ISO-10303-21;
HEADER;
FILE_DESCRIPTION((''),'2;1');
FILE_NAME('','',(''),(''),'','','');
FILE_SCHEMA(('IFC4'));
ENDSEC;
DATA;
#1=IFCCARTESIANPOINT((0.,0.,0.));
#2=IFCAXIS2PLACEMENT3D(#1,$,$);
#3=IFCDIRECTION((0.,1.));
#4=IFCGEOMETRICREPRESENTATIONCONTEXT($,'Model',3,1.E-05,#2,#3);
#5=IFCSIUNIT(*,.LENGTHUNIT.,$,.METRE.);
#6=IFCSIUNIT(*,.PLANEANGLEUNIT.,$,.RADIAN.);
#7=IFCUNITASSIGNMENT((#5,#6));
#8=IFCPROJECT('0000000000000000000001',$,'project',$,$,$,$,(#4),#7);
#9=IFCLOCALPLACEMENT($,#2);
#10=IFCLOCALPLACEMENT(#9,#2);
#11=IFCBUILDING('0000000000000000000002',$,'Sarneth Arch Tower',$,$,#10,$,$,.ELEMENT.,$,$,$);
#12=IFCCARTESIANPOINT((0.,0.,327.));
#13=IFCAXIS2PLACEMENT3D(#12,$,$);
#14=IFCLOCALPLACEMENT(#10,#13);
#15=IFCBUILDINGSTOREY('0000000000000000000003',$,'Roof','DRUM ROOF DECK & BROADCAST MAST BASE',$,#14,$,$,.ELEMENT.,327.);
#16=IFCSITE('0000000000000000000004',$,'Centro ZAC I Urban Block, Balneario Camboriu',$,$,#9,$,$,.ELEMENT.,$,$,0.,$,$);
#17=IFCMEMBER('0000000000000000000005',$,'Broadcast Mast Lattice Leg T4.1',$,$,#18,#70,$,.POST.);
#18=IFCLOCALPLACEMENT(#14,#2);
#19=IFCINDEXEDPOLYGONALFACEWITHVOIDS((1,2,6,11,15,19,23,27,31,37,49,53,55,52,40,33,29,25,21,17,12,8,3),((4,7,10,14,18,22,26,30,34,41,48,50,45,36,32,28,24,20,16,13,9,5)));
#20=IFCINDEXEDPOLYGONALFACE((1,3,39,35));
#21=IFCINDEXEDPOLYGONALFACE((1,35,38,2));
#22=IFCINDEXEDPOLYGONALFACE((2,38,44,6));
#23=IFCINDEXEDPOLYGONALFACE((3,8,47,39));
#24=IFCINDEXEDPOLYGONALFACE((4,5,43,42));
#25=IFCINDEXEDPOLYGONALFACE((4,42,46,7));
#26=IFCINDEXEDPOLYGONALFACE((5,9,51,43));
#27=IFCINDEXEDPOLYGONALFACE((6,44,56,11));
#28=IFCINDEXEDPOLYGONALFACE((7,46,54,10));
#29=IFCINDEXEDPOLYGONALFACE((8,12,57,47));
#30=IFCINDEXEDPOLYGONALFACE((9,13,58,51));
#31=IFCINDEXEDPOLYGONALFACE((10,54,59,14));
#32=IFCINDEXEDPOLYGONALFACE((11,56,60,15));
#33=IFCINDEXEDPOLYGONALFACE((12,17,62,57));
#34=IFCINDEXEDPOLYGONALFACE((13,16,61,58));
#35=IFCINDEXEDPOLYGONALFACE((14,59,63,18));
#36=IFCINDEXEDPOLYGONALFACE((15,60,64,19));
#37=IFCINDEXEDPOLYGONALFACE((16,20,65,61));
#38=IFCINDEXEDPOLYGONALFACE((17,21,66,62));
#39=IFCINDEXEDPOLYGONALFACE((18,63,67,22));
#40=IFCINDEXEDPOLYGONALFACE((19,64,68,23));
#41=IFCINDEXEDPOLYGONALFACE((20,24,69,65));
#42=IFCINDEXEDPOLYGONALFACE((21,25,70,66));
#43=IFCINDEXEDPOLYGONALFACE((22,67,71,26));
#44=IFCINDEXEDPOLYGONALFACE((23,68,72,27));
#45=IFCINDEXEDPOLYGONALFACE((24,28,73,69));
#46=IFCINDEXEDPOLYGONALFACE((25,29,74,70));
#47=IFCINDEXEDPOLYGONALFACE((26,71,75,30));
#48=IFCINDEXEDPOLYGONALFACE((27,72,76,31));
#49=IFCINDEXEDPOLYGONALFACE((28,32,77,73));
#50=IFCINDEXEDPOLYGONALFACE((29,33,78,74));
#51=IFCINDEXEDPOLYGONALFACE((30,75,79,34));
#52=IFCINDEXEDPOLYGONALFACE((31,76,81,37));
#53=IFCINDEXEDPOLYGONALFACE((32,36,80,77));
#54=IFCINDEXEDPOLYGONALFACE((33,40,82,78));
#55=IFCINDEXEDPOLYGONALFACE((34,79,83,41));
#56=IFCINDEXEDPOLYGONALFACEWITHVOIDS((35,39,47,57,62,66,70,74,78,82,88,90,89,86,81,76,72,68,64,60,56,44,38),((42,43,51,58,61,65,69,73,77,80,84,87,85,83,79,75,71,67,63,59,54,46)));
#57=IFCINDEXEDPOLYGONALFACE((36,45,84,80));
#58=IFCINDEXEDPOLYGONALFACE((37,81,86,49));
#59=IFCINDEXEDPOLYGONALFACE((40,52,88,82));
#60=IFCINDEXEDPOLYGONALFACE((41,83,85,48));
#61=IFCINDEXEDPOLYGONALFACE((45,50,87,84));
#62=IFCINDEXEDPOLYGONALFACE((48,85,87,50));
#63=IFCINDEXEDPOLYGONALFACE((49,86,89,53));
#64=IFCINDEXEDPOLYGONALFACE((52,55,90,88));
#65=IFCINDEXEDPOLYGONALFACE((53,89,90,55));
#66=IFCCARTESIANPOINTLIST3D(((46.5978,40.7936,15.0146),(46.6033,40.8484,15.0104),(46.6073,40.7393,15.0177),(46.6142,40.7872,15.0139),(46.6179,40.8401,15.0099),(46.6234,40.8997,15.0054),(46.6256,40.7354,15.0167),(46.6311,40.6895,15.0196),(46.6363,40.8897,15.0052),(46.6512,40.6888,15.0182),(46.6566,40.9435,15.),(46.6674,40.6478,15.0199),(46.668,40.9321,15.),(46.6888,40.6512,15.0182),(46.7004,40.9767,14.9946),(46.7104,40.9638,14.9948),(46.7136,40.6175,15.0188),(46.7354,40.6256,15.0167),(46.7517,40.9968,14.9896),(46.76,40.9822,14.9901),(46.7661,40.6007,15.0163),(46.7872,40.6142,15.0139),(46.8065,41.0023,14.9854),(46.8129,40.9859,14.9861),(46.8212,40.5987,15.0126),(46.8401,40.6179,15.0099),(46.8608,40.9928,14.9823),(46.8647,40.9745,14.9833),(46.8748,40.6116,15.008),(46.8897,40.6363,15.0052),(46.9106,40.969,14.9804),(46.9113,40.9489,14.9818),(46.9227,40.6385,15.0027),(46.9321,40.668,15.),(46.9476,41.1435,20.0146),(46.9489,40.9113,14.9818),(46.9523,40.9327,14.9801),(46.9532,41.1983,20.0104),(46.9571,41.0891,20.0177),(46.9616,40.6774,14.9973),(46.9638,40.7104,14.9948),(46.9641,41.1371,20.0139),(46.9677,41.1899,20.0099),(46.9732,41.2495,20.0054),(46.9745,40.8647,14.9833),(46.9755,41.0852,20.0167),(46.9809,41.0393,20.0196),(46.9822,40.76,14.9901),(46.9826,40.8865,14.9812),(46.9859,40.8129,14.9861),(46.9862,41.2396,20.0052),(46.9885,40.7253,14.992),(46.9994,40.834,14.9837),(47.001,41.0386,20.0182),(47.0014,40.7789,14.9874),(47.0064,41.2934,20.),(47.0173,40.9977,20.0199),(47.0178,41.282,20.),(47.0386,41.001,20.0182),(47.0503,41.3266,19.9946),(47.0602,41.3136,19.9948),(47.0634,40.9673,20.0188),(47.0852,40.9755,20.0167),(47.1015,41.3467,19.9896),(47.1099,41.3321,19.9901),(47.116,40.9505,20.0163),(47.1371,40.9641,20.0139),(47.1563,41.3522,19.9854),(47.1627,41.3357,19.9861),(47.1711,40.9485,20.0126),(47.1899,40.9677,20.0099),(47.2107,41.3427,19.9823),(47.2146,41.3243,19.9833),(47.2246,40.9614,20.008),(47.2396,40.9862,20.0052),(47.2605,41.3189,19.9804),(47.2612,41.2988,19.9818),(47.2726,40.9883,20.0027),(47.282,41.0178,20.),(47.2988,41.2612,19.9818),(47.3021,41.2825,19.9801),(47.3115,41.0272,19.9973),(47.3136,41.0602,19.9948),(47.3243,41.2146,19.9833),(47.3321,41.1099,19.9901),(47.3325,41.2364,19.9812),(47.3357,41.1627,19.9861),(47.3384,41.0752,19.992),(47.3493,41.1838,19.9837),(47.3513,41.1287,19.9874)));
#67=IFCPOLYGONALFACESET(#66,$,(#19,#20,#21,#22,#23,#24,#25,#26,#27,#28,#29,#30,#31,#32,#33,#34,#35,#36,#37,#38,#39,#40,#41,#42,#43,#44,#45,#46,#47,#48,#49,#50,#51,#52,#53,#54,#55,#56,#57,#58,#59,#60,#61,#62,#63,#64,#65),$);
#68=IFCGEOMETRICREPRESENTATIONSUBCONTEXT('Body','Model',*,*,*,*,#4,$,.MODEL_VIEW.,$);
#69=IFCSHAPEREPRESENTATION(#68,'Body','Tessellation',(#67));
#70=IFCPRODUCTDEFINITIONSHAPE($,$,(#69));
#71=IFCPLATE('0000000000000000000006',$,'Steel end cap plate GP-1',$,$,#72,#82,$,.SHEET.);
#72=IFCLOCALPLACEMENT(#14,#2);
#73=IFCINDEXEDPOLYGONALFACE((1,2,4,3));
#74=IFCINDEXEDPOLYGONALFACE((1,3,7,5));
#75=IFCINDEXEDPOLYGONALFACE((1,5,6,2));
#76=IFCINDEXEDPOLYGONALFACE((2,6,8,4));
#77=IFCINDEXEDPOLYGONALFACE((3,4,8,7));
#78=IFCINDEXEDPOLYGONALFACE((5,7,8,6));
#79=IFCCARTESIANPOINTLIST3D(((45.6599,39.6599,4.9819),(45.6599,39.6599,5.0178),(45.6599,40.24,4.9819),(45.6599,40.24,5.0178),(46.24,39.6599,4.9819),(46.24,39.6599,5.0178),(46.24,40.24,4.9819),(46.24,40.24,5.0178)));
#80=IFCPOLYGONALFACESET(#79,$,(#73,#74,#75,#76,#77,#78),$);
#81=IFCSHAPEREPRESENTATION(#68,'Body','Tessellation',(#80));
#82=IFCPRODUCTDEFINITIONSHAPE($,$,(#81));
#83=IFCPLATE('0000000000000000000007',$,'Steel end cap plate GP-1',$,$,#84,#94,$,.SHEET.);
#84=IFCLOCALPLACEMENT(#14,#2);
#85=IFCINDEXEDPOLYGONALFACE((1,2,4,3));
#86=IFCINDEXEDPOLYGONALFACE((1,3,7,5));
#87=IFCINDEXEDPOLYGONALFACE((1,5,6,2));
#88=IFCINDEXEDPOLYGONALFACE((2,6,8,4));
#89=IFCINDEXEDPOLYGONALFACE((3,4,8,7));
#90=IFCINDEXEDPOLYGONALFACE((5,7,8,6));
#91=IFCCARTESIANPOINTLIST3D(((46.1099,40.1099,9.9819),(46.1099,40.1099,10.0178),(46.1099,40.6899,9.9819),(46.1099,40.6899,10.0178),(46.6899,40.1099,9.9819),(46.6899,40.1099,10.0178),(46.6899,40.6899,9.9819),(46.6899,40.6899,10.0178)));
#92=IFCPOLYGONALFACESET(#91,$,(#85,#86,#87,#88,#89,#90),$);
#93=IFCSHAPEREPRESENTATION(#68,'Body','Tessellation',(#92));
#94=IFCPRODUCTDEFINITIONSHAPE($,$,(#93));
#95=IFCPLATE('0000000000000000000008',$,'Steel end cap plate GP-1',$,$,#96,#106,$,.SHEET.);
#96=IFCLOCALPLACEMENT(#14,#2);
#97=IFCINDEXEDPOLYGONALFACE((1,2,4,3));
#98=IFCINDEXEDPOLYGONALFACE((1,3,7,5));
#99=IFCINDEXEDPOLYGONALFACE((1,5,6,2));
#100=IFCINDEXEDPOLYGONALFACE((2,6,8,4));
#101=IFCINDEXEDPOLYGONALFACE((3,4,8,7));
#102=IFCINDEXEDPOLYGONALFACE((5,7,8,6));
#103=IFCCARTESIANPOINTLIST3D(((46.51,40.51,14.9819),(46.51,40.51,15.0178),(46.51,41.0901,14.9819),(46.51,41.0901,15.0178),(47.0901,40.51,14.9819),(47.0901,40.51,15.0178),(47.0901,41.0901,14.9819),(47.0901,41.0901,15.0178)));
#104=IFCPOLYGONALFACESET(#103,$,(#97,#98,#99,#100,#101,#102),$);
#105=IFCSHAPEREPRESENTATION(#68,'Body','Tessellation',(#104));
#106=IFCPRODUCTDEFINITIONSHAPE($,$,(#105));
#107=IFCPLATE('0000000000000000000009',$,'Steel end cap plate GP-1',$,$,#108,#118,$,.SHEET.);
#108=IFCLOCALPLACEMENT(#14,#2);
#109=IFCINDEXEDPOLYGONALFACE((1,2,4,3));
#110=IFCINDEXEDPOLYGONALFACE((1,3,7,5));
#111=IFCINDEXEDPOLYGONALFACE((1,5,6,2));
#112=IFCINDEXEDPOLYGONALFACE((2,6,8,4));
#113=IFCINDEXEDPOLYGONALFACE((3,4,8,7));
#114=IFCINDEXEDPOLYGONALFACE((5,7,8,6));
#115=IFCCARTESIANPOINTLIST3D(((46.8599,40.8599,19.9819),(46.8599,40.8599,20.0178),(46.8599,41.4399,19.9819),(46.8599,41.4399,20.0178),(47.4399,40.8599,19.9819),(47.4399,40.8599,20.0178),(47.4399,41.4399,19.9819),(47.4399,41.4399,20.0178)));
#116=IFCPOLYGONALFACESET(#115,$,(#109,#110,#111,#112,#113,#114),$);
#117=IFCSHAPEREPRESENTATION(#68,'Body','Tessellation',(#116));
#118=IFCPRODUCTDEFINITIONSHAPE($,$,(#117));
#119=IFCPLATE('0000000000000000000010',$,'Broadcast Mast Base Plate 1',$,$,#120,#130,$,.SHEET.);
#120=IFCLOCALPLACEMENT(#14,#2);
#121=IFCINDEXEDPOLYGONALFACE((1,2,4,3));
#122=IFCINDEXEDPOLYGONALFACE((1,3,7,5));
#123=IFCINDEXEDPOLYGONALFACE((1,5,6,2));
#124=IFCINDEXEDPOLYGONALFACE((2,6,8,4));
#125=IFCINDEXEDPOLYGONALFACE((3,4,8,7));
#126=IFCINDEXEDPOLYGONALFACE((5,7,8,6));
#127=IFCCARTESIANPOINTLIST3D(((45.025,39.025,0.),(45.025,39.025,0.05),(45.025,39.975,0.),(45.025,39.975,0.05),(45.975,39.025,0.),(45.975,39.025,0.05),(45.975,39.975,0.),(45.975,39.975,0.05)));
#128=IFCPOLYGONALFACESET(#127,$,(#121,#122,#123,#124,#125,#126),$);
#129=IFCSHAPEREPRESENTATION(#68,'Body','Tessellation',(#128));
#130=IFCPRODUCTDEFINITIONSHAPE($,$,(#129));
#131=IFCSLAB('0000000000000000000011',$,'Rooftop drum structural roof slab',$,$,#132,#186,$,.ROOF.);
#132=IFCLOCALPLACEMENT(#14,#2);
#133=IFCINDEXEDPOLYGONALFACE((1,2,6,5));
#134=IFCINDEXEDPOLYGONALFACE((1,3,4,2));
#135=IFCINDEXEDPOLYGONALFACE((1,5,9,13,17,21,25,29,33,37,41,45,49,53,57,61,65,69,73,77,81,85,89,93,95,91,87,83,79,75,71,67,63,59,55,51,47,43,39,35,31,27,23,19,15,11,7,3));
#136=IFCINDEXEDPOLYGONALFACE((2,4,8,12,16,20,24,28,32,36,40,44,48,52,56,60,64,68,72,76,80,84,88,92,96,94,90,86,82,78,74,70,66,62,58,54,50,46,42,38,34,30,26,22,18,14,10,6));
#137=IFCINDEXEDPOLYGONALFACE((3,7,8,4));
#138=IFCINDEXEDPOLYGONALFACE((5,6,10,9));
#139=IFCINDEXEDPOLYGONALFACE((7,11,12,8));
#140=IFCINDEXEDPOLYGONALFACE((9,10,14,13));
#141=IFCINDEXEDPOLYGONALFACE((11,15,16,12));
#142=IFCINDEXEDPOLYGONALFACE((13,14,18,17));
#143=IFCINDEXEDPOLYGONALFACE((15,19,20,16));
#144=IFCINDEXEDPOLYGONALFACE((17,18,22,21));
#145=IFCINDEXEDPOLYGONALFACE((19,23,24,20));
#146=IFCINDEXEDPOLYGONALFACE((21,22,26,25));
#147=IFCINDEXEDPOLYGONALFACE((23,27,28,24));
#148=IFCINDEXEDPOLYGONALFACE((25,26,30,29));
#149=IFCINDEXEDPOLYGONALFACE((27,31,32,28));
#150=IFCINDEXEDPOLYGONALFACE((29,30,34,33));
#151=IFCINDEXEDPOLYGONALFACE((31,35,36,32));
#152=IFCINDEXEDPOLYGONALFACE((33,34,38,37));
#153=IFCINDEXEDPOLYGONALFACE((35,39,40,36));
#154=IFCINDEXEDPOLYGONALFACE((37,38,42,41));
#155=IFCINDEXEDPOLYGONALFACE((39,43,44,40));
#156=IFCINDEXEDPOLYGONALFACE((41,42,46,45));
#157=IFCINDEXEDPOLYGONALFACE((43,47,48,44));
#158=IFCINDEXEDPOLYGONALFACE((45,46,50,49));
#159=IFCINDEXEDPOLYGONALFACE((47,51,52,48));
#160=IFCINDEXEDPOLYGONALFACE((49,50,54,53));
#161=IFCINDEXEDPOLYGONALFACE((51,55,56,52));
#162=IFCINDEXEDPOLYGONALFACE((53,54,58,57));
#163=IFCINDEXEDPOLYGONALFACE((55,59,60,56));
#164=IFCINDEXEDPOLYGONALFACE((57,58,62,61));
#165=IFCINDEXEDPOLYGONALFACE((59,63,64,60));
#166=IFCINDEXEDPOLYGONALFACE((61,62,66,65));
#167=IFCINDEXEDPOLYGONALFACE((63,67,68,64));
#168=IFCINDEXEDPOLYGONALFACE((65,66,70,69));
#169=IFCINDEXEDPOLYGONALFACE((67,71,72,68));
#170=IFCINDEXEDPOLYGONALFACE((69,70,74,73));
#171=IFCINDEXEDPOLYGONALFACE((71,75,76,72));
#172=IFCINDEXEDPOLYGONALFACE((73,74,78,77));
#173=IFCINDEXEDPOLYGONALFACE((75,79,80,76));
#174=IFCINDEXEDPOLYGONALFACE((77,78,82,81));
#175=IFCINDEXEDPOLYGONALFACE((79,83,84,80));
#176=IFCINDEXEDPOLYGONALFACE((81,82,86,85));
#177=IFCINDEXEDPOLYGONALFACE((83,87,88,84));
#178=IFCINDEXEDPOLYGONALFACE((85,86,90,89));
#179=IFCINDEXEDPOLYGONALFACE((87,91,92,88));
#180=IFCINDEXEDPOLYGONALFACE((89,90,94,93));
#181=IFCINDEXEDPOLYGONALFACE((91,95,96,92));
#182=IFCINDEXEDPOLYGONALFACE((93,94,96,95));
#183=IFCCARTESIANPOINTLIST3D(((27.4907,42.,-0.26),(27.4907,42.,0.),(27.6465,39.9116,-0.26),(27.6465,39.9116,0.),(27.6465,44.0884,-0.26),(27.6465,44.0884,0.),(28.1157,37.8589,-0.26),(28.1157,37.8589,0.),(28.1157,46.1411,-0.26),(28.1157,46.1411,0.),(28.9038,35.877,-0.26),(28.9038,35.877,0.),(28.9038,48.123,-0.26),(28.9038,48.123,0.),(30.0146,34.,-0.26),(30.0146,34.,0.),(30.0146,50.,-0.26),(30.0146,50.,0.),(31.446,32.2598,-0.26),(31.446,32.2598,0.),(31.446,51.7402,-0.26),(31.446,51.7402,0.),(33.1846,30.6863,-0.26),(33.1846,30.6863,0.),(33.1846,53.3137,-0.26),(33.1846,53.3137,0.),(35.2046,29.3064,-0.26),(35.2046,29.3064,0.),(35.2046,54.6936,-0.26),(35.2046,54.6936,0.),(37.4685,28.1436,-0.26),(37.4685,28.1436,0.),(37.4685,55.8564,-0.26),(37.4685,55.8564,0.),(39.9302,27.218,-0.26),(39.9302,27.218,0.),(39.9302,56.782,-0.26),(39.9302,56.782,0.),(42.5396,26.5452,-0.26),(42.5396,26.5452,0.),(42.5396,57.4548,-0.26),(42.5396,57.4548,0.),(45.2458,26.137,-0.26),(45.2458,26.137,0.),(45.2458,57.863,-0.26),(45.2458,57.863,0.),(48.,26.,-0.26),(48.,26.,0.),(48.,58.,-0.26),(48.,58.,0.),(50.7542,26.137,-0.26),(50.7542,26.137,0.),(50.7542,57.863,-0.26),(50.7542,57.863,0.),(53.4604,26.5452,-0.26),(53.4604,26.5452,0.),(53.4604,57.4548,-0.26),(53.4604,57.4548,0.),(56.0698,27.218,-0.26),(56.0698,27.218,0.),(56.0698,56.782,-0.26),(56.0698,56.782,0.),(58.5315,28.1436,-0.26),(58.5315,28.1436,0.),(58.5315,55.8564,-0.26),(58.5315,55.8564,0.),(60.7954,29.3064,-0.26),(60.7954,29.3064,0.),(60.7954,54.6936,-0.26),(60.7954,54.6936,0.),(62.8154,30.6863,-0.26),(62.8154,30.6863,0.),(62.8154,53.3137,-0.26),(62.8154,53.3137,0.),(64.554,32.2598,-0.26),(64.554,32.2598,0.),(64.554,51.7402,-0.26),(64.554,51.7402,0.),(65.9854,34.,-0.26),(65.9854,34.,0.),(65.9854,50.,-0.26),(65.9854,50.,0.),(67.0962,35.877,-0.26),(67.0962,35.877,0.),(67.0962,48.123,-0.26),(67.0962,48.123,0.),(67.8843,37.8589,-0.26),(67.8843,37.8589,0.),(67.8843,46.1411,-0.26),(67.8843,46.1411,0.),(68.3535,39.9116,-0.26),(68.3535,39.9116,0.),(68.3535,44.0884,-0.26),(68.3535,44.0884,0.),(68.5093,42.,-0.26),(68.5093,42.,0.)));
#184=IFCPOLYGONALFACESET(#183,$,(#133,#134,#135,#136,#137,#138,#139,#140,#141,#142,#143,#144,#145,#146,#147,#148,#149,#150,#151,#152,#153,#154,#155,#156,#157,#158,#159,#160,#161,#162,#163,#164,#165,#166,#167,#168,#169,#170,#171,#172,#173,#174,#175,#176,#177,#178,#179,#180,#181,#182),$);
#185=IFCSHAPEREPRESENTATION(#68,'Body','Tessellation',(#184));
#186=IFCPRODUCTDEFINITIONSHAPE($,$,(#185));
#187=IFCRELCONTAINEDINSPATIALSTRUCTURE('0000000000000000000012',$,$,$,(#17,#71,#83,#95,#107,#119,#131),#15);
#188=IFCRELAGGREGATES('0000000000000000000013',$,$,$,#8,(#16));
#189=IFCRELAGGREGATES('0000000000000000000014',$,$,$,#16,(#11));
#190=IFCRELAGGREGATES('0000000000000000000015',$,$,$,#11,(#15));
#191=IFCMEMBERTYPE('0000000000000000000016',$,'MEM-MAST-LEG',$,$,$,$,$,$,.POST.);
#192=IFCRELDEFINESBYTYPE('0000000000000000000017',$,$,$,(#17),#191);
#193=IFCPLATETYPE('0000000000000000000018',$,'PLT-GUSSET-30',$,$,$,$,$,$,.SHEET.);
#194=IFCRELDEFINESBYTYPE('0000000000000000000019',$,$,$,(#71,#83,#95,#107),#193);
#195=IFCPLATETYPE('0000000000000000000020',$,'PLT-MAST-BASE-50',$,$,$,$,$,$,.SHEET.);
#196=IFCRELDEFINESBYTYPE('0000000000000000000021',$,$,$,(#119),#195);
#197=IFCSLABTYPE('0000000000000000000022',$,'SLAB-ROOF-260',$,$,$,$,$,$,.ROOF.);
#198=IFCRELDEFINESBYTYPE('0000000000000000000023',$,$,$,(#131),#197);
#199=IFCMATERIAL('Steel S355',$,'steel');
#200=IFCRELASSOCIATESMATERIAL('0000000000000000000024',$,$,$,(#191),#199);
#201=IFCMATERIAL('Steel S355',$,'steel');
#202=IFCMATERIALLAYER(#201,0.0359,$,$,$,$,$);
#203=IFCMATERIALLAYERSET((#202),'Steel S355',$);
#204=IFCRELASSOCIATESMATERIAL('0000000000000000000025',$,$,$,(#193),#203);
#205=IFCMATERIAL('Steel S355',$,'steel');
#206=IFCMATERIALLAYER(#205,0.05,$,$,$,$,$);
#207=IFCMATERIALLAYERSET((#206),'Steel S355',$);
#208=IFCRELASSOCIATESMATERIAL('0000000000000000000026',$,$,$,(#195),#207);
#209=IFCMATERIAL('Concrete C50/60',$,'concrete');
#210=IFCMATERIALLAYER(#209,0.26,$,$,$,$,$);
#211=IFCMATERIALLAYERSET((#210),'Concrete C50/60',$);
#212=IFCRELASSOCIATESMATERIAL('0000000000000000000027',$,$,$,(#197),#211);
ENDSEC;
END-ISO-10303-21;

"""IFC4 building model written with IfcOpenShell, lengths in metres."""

from ifc_helpers import new_model, si_unit, direction, frame, origin, origin_2d, place, context, subcontext, project, spatial, polyline, rectangle, hollow_circle, outline, extrude, material, layer, layer_set, material_profile, profile_set, type_object, element, save


model = new_model("IFC4")

# Units and contexts
model_context = context("Model", 3, precision=1e-05, world=origin(), true_north=direction((0.0, 1.0)))
body_context = subcontext(model_context, "Body", "Model", "MODEL_VIEW")
ifc_project = project(units=[si_unit("LENGTHUNIT", "METRE"), si_unit("PLANEANGLEUNIT", "RADIAN")], contexts=[model_context])

# Site, building, storey
site_placement = place(None, origin())
site = spatial("IfcSite", under=ifc_project, at=site_placement, Name="Centro ZAC I Urban Block, Balneario Camboriu", CompositionType="ELEMENT", RefElevation=0.0)
building_placement = place(site_placement, origin())
building = spatial("IfcBuilding", under=site, at=building_placement, Name="Sarneth Arch Tower", CompositionType="ELEMENT")
storey_placement = place(building_placement, frame((0.0, 0.0, 327.0)))
storey = spatial("IfcBuildingStorey", under=building, at=storey_placement, Name="Roof", Description="DRUM ROOF DECK & BROADCAST MAST BASE", CompositionType="ELEMENT", Elevation=327.0)

# Member
ifc_material_1 = material(Name="Steel S355", Category="steel")
ifc_material_profile_1 = material_profile(ifc_material_1, hollow_circle(Radius=0.2029, WallThickness=0.0161, at=origin_2d()), Name="CHS406x16")
ifc_profile_set_1 = profile_set([ifc_material_profile_1], Name="Steel S355")
member_type_1 = type_object("IfcMemberType", Name="MEM-MAST-LEG", PredefinedType="POST", material=ifc_profile_set_1)
member_1_placement = place(storey_placement, frame((46.8, 40.8, 15.0), z_axis=(0.069631, 0.069631, 0.99514), x_axis=(-0.707107, 0.707107, 0.0)))
element("IfcMember", 1, at=member_1_placement, inside=storey, type_object=member_type_1, Name="Broadcast Mast Lattice Leg T4.1", PredefinedType="POST", context=body_context, shape_type="SweptSolid", body=[
    extrude(hollow_circle(Radius=0.2029, WallThickness=0.0161, at=origin_2d()), origin(), (0.0, 0.0, 1.0), 5.0244),
])

# Plates
ifc_material_2 = material(Name="Steel S355", Category="steel")
ifc_layer_1 = layer(ifc_material_2, 0.0359)
ifc_layer_set_1 = layer_set([ifc_layer_1], Name="Steel S355")
plate_type_1 = type_object("IfcPlateType", Name="PLT-GUSSET-30", PredefinedType="SHEET", material=ifc_layer_set_1)
for number, where, z_axis, x_axis, name in (
    (2, (45.95, 39.95, 4.9819), (0.0, 0.0, 1.0), (1.0, 0.0, 0.0), "Steel end cap plate GP-1"),
    (3, (46.3999, 40.3999, 9.9819), (0.0, 0.0, 1.0), (1.0, 0.0, 0.0), "Steel end cap plate GP-1"),
    (4, (46.8, 40.8, 14.9819), (0.0, 0.0, 1.0), (1.0, 0.0, 0.0), "Steel end cap plate GP-1"),
    (5, (47.1499, 41.1499, 19.9819), (0.0, 0.0, 1.0), (1.0, 0.0, 0.0), "Steel end cap plate GP-1"),
):
    element("IfcPlate", number, at=place(storey_placement, frame(where, z_axis=z_axis, x_axis=x_axis)), inside=storey, type_object=plate_type_1, Name=name, PredefinedType="SHEET", context=body_context, shape_type="SweptSolid", body=[
        extrude(rectangle(XDim=0.5801, YDim=0.5801, at=origin_2d()), origin(), (0.0, 0.0, 1.0), 0.0359),
    ])
ifc_material_3 = material(Name="Steel S355", Category="steel")
ifc_layer_2 = layer(ifc_material_3, 0.05)
ifc_layer_set_2 = layer_set([ifc_layer_2], Name="Steel S355")
plate_type_2 = type_object("IfcPlateType", Name="PLT-MAST-BASE-50", PredefinedType="SHEET", material=ifc_layer_set_2)
plate_placement = place(storey_placement, frame((45.5, 39.5, 0.0), z_axis=(0.0, 0.0, 1.0), x_axis=(1.0, 0.0, 0.0)))
element("IfcPlate", 6, at=plate_placement, inside=storey, type_object=plate_type_2, Name="Broadcast Mast Base Plate 1", PredefinedType="SHEET", context=body_context, shape_type="SweptSolid", body=[
    extrude(rectangle(XDim=0.95, YDim=0.95, at=origin_2d()), origin(), (0.0, 0.0, 1.0), 0.05),
])

# Slab
ifc_material_4 = material(Name="Concrete C50/60", Category="concrete")
ifc_layer_3 = layer(ifc_material_4, 0.26)
ifc_layer_set_3 = layer_set([ifc_layer_3], Name="Concrete C50/60")
slab_type = type_object("IfcSlabType", Name="SLAB-ROOF-260", PredefinedType="ROOF", material=ifc_layer_set_3)
slab_placement = place(storey_placement, frame((0.0, 0.0, -0.26)))
element("IfcSlab", 7, at=slab_placement, inside=storey, type_object=slab_type, Name="Rooftop drum structural roof slab", PredefinedType="ROOF", context=body_context, shape_type="SweptSolid", body=[
    extrude(outline(polyline([(68.5093, 42.0), (68.3535, 44.0884), (67.8843, 46.1411), (67.0962, 48.123), (65.9854, 50.0), (64.554, 51.7402), (62.8154, 53.3137), (60.7954, 54.6936), (58.5315, 55.8564), (56.0698, 56.782), (53.4604, 57.4548), (50.7542, 57.863), (48.0, 58.0), (45.2458, 57.863), (42.5396, 57.4548), (39.9302, 56.782), (37.4685, 55.8564), (35.2046, 54.6936), (33.1846, 53.3137), (31.446, 51.7402), (30.0146, 50.0), (28.9038, 48.123), (28.1157, 46.1411), (27.6465, 44.0884), (27.4907, 42.0), (27.6465, 39.9116), (28.1157, 37.8589), (28.9038, 35.877), (30.0146, 34.0), (31.446, 32.2598), (33.1846, 30.6863), (35.2046, 29.3064), (37.4685, 28.1436), (39.9302, 27.218), (42.5396, 26.5452), (45.2458, 26.137), (48.0, 26.0), (50.7542, 26.137), (53.4604, 26.5452), (56.0698, 27.218), (58.5315, 28.1436), (60.7954, 29.3064), (62.8154, 30.6863), (64.554, 32.2598), (65.9854, 34.0), (67.0962, 35.877), (67.8843, 37.8589), (68.3535, 39.9116), (68.5093, 42.0)])), origin(), (0.0, 0.0, 1.0), 0.26),
])

save(model, "model.ifc")
